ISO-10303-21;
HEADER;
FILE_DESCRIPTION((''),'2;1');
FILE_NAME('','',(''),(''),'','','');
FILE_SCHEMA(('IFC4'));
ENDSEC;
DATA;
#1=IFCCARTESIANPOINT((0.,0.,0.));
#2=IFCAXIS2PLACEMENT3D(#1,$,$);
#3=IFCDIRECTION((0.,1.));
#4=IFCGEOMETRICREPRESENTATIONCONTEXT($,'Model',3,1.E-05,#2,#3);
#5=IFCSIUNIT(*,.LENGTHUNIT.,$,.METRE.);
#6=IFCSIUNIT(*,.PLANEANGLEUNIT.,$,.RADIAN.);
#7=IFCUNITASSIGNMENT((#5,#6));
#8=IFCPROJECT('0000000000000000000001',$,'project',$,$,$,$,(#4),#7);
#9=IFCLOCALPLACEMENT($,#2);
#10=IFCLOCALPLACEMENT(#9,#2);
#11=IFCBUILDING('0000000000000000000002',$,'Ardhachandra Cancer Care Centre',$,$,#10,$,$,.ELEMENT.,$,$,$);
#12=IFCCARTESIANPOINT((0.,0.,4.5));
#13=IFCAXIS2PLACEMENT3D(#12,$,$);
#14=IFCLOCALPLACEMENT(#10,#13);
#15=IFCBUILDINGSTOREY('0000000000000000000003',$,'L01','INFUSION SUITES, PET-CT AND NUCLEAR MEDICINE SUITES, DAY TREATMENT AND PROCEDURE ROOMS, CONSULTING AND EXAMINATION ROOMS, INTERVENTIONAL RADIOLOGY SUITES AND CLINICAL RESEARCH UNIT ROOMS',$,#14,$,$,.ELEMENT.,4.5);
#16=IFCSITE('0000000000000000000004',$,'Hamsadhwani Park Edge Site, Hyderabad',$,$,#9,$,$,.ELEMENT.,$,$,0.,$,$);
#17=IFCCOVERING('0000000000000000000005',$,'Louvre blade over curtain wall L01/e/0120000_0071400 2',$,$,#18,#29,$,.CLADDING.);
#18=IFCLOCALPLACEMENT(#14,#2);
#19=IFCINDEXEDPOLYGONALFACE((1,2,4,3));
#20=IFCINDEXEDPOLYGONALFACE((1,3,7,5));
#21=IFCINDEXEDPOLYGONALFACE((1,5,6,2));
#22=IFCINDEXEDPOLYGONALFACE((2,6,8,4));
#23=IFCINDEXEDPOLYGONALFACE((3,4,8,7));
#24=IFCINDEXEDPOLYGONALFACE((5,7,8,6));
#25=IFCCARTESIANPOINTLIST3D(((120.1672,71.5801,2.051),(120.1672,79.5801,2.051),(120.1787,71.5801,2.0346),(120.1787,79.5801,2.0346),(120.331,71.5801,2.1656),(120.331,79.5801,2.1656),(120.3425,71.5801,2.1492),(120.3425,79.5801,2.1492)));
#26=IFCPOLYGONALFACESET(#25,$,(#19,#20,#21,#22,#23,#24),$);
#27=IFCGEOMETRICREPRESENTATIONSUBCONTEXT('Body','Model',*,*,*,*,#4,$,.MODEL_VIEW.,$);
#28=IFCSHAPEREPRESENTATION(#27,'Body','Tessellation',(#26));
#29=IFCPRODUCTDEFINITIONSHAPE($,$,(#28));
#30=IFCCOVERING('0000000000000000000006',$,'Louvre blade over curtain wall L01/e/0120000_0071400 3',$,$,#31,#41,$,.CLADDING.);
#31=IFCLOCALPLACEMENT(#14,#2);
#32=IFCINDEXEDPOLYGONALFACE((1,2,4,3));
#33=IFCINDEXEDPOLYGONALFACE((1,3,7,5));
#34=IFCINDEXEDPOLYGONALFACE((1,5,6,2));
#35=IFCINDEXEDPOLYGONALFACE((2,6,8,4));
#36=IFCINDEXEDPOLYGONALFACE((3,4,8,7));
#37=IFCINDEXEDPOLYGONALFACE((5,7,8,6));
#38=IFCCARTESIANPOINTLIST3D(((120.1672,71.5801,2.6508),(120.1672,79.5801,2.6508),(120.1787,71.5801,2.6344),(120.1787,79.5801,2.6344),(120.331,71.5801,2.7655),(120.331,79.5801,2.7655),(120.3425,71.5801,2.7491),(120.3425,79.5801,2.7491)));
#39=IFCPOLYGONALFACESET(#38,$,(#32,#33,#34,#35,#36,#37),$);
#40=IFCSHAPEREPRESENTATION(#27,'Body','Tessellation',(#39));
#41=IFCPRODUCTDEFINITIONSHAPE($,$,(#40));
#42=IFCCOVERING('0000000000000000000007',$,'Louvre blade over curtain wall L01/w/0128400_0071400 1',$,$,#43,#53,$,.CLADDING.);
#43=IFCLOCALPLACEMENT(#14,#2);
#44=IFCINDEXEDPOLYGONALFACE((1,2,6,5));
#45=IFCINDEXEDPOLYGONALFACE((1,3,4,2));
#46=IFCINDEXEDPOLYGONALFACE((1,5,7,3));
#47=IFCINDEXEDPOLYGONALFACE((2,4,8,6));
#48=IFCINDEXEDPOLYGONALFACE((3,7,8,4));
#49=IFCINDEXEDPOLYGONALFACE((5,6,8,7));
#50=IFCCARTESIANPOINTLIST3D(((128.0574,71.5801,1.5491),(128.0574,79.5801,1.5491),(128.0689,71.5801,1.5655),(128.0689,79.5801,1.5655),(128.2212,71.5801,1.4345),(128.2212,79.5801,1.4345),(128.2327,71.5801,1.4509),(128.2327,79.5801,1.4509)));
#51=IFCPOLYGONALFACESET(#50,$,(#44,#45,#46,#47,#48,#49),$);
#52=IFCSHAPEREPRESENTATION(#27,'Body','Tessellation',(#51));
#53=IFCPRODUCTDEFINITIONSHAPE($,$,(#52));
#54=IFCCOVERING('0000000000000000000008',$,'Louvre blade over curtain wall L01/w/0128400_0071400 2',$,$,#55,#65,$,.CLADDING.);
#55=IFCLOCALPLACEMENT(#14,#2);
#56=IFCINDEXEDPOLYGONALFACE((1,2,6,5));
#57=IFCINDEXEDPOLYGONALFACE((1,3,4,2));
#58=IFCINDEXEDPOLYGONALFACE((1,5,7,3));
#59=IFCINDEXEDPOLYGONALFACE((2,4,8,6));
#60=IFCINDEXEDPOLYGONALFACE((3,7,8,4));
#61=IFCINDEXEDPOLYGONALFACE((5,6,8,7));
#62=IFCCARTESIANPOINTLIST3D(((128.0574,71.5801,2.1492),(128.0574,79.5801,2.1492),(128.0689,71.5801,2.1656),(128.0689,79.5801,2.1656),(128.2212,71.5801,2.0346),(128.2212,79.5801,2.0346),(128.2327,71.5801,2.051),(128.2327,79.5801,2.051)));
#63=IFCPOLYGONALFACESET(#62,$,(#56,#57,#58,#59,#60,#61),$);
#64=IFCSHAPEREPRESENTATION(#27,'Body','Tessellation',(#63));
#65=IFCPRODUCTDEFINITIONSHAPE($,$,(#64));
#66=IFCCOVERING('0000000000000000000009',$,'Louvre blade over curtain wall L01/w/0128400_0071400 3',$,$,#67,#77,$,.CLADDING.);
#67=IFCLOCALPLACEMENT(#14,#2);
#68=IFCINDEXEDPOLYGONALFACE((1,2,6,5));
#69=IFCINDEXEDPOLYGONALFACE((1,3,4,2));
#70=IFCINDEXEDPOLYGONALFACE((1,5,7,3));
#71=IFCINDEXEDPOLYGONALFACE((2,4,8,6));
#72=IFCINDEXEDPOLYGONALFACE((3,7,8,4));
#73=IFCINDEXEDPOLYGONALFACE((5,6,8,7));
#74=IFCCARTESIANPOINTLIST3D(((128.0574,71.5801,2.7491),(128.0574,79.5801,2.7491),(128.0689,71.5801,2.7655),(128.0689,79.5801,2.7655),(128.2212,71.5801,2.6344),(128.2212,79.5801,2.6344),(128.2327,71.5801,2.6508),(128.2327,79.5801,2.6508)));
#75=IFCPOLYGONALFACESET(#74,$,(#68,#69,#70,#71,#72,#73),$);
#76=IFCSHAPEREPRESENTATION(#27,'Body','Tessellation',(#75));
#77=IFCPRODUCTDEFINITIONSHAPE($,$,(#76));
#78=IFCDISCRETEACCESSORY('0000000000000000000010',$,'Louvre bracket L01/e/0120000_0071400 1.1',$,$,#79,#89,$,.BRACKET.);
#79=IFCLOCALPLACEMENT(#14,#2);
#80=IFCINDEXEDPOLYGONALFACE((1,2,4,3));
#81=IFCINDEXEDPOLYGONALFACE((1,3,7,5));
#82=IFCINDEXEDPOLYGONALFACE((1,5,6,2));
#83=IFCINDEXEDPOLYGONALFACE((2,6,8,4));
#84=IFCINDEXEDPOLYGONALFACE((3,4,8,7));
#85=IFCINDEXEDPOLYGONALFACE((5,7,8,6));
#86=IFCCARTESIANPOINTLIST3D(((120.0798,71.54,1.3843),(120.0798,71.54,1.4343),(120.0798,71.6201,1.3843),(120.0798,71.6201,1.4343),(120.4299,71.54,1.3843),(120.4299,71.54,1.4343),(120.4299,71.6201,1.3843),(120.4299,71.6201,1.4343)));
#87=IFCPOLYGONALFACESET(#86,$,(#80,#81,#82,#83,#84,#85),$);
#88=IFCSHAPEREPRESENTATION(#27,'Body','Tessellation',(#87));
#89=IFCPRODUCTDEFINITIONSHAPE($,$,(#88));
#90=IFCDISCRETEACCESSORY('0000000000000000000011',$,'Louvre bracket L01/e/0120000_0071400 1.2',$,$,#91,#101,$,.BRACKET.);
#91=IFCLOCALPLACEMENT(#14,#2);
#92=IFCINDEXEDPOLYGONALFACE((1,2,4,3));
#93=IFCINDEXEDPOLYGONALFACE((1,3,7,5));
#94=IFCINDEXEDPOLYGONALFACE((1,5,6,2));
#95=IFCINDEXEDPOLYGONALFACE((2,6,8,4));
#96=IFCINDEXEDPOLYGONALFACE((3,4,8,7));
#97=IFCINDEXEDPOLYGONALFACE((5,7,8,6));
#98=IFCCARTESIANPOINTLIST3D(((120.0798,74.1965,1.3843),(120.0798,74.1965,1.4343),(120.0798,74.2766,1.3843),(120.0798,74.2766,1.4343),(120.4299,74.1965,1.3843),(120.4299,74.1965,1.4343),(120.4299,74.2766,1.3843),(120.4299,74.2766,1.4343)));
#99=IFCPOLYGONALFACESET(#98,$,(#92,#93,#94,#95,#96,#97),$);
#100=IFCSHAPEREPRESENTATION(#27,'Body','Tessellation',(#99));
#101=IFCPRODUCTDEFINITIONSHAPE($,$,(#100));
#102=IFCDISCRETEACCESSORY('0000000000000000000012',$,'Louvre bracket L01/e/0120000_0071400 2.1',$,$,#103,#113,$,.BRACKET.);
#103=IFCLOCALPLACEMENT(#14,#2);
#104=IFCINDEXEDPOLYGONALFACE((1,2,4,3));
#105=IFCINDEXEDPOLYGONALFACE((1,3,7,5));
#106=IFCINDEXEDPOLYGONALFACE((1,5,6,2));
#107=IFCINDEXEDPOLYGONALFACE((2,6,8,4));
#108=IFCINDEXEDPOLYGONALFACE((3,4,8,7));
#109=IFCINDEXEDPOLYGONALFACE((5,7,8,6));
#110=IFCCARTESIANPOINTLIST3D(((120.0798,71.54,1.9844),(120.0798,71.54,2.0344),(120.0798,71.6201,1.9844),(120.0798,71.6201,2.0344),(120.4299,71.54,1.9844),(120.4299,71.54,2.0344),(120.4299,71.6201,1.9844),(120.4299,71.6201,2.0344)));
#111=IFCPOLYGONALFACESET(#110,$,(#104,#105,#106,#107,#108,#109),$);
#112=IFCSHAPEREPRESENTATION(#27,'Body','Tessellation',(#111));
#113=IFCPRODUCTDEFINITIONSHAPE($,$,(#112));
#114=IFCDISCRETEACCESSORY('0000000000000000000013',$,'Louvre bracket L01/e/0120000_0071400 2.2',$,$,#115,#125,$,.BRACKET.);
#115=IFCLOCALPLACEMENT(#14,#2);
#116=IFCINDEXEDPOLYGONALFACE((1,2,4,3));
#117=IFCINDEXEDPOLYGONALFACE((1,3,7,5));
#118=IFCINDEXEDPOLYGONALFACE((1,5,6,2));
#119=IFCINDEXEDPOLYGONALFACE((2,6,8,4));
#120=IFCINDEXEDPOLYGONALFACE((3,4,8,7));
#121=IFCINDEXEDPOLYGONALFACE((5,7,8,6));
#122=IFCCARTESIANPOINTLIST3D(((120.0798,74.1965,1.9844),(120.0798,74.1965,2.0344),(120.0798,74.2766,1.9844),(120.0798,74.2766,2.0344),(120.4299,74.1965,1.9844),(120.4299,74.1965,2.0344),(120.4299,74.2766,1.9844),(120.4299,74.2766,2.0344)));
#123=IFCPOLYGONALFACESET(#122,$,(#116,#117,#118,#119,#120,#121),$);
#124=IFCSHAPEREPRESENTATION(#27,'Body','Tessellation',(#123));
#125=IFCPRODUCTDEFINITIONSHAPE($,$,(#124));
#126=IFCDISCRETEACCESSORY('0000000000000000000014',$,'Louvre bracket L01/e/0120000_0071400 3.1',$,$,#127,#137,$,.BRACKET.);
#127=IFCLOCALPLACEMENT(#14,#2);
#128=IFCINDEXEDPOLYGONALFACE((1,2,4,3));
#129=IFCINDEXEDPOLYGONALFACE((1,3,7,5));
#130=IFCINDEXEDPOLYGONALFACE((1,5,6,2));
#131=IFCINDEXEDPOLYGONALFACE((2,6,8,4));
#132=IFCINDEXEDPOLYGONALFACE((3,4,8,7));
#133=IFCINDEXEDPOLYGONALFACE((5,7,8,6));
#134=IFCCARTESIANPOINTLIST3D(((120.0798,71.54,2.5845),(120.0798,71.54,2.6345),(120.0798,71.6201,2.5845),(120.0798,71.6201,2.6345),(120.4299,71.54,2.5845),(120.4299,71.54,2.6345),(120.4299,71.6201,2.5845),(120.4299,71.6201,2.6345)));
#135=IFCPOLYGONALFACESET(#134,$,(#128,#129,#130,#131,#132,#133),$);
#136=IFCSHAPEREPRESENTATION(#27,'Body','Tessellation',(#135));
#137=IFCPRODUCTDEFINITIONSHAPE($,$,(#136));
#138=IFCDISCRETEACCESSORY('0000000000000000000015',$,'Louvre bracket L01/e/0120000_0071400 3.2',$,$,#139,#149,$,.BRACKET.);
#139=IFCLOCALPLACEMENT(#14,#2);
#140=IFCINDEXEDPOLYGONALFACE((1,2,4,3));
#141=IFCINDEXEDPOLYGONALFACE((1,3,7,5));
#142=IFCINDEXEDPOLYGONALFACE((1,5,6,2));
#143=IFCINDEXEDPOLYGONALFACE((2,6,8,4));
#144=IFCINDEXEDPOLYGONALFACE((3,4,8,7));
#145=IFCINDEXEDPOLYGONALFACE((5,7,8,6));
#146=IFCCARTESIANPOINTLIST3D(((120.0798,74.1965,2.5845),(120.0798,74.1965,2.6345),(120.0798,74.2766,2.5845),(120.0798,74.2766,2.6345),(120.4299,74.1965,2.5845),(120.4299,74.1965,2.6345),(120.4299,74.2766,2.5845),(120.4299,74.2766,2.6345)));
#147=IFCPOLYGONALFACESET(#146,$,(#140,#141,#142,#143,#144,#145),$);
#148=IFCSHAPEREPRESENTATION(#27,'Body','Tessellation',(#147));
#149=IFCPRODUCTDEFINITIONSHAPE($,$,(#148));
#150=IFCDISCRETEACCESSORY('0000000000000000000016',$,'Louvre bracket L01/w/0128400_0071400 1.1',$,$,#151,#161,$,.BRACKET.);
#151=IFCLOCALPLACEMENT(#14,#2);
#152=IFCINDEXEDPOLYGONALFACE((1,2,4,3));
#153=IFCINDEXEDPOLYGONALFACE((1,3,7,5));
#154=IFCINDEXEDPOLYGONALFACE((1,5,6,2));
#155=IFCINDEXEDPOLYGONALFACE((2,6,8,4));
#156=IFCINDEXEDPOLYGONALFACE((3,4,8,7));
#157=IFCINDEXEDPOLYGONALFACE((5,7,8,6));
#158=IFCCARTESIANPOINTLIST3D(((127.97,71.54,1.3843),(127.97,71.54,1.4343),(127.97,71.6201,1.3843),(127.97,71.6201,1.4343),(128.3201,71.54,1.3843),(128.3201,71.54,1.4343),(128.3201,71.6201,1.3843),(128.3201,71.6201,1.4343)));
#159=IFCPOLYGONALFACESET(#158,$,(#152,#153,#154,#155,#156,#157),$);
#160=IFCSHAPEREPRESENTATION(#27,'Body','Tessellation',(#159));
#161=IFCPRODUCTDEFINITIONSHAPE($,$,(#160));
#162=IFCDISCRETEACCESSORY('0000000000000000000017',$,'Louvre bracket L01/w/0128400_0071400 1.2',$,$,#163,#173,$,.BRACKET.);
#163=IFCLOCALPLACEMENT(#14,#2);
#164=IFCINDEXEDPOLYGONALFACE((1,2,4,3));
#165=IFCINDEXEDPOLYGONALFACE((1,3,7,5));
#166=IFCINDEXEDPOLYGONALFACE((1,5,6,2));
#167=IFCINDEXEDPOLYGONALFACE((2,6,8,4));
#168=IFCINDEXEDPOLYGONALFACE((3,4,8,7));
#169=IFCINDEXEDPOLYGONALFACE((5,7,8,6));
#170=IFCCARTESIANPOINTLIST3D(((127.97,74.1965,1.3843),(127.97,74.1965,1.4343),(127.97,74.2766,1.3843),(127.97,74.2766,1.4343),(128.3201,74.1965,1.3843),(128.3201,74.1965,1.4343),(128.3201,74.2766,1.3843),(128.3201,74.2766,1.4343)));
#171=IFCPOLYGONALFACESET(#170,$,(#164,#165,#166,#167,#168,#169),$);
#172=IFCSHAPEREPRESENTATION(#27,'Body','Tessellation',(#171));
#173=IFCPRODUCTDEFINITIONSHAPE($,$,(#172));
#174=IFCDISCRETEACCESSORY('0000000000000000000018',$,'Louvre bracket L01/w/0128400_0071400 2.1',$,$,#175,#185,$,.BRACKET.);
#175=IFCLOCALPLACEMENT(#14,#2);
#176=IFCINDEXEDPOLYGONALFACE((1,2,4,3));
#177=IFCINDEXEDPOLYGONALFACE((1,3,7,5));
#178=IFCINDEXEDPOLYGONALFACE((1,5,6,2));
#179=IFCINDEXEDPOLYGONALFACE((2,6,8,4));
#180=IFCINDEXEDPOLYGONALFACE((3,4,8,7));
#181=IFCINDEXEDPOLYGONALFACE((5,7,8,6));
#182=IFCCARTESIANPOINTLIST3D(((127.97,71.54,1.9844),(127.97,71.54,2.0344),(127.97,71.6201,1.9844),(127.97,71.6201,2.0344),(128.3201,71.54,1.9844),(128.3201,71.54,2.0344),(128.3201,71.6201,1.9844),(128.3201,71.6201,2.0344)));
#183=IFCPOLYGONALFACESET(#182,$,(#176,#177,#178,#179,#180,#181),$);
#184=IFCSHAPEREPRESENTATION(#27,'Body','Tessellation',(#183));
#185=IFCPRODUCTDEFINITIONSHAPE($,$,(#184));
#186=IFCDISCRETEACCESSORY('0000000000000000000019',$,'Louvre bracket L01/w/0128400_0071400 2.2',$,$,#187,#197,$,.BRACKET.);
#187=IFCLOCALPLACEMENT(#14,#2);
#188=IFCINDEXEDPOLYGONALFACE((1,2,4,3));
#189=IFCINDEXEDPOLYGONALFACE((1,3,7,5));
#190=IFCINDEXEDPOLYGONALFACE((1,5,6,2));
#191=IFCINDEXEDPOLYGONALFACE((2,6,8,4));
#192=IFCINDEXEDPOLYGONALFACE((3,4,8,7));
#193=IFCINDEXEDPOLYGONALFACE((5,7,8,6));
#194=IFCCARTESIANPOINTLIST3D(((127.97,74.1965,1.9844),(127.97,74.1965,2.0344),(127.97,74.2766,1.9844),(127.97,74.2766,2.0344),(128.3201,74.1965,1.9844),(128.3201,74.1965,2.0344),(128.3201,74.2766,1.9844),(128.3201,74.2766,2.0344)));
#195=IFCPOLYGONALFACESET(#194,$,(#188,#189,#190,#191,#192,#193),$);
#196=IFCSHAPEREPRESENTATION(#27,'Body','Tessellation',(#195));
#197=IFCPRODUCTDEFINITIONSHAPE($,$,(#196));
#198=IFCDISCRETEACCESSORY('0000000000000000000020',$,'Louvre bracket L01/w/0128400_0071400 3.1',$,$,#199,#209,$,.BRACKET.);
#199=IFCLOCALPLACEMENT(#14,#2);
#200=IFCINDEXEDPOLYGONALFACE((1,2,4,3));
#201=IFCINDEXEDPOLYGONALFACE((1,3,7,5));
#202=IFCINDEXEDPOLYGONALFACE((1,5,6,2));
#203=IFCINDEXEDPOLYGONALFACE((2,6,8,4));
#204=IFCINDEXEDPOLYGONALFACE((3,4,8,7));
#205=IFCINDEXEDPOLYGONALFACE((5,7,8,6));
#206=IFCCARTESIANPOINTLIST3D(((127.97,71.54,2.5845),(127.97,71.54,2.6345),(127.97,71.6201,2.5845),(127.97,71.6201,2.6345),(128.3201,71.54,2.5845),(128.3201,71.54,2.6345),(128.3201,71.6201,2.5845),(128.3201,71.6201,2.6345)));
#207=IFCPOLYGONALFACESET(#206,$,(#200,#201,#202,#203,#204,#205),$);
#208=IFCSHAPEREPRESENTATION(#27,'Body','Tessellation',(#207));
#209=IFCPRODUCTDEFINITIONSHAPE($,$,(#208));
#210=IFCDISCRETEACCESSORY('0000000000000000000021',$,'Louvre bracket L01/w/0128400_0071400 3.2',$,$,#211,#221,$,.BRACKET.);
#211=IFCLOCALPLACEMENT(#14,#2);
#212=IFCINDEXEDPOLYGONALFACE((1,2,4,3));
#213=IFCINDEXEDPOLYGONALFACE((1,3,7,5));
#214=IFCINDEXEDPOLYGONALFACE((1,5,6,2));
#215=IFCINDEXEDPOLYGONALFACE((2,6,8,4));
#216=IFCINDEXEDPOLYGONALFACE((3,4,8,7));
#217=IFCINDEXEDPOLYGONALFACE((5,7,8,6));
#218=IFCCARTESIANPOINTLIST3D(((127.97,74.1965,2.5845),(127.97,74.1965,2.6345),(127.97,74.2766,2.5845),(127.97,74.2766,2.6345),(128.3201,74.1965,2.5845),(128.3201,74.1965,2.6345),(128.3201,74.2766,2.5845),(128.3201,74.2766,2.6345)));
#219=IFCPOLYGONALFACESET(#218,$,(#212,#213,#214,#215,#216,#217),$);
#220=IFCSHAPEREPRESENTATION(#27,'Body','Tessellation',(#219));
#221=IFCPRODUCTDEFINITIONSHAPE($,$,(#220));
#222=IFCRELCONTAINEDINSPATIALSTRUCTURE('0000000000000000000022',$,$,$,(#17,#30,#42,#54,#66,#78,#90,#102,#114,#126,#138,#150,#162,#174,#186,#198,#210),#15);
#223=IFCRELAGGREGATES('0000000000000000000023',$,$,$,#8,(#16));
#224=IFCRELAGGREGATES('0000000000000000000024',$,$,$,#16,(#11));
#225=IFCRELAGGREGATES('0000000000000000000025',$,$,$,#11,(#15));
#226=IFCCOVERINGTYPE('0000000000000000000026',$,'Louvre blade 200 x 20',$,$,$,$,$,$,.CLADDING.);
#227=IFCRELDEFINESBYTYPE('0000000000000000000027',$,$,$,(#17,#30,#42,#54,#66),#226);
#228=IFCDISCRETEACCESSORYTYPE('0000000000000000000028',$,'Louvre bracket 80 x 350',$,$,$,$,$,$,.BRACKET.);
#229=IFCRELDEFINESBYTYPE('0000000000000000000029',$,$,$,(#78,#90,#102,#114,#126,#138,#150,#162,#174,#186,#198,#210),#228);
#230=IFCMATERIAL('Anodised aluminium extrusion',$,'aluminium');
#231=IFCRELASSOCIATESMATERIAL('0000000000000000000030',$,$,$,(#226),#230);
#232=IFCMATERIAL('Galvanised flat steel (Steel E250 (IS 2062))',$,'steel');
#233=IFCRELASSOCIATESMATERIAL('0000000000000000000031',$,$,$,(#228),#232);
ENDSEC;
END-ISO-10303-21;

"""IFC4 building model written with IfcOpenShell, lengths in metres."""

from ifc_helpers import new_model, si_unit, direction, frame, origin, origin_2d, place, context, subcontext, project, spatial, rectangle, extrude, material, material_profile, profile_set, type_object, element, save


model = new_model("IFC4")

# Units and contexts
model_context = context("Model", 3, precision=1e-05, world=origin(), true_north=direction((0.0, 1.0)))
body_context = subcontext(model_context, "Body", "Model", "MODEL_VIEW")
ifc_project = project(units=[si_unit("LENGTHUNIT", "METRE"), si_unit("PLANEANGLEUNIT", "RADIAN")], contexts=[model_context])

# Site, building, storey
site_placement = place(None, origin())
site = spatial("IfcSite", under=ifc_project, at=site_placement, Name="Hamsadhwani Park Edge Site, Hyderabad", CompositionType="ELEMENT", RefElevation=0.0)
building_placement = place(site_placement, origin())
building = spatial("IfcBuilding", under=site, at=building_placement, Name="Ardhachandra Cancer Care Centre", CompositionType="ELEMENT")
storey_placement = place(building_placement, frame((0.0, 0.0, 4.5)))
storey = spatial("IfcBuildingStorey", under=building, at=storey_placement, Name="L01", Description="INFUSION SUITES, PET-CT AND NUCLEAR MEDICINE SUITES, DAY TREATMENT AND PROCEDURE ROOMS, CONSULTING AND EXAMINATION ROOMS, INTERVENTIONAL RADIOLOGY SUITES AND CLINICAL RESEARCH UNIT ROOMS", CompositionType="ELEMENT", Elevation=4.5)

# Coverings
ifc_material_1 = material(Name="Anodised aluminium extrusion", Category="aluminium")
ifc_material_profile_1 = material_profile(ifc_material_1, rectangle(XDim=0.2, YDim=0.02, at=origin_2d()), Name="Louvre blade 200 x 20")
ifc_profile_set_1 = profile_set([ifc_material_profile_1], Name="Anodised aluminium extrusion")
covering_type = type_object("IfcCoveringType", Name="Louvre blade 200 x 20", PredefinedType="CLADDING", material=ifc_profile_set_1)
for number, where, z_axis, x_axis, name in (
    (1, (120.2549, 71.5801, 2.1001), (0.0, 1.0, 0.0), (-0.819152, 0.0, -0.573576), "Louvre blade over curtain wall L01/e/0120000_0071400 2"),
    (2, (120.2549, 71.5801, 2.7), (0.0, 1.0, 0.0), (-0.819152, 0.0, -0.573576), "Louvre blade over curtain wall L01/e/0120000_0071400 3"),
    (3, (128.145, 71.5801, 1.5), (0.0, 1.0, 0.0), (-0.819152, 0.0, 0.573576), "Louvre blade over curtain wall L01/w/0128400_0071400 1"),
    (4, (128.145, 71.5801, 2.1001), (0.0, 1.0, 0.0), (-0.819152, 0.0, 0.573576), "Louvre blade over curtain wall L01/w/0128400_0071400 2"),
    (5, (128.145, 71.5801, 2.7), (0.0, 1.0, 0.0), (-0.819152, 0.0, 0.573576), "Louvre blade over curtain wall L01/w/0128400_0071400 3"),
):
    element("IfcCovering", number, at=place(storey_placement, frame(where, z_axis=z_axis, x_axis=x_axis)), inside=storey, type_object=covering_type, Name=name, PredefinedType="CLADDING", context=body_context, shape_type="SweptSolid", body=[
        extrude(rectangle(XDim=0.2, YDim=0.02, at=origin_2d()), origin(), (0.0, 0.0, 1.0), 8.0),
    ])

# Discrete accessories
ifc_material_2 = material(Name="Galvanised flat steel (Steel E250 (IS 2062))", Category="steel")
discrete_accessory_type = type_object("IfcDiscreteAccessoryType", Name="Louvre bracket 80 x 350", PredefinedType="BRACKET", material=ifc_material_2)
for number, where, z_axis, x_axis, name in (
    (6, (120.2549, 71.5801, 1.3843), (0.0, 0.0, 1.0), (0.0, 1.0, 0.0), "Louvre bracket L01/e/0120000_0071400 1.1"),
    (7, (120.2549, 74.2366, 1.3843), (0.0, 0.0, 1.0), (0.0, 1.0, 0.0), "Louvre bracket L01/e/0120000_0071400 1.2"),
    (8, (120.2549, 71.5801, 1.9844), (0.0, 0.0, 1.0), (0.0, 1.0, 0.0), "Louvre bracket L01/e/0120000_0071400 2.1"),
    (9, (120.2549, 74.2366, 1.9844), (0.0, 0.0, 1.0), (0.0, 1.0, 0.0), "Louvre bracket L01/e/0120000_0071400 2.2"),
    (10, (120.2549, 71.5801, 2.5845), (0.0, 0.0, 1.0), (0.0, 1.0, 0.0), "Louvre bracket L01/e/0120000_0071400 3.1"),
    (11, (120.2549, 74.2366, 2.5845), (0.0, 0.0, 1.0), (0.0, 1.0, 0.0), "Louvre bracket L01/e/0120000_0071400 3.2"),
    (12, (128.145, 71.5801, 1.3843), (0.0, 0.0, 1.0), (0.0, 1.0, 0.0), "Louvre bracket L01/w/0128400_0071400 1.1"),
    (13, (128.145, 74.2366, 1.3843), (0.0, 0.0, 1.0), (0.0, 1.0, 0.0), "Louvre bracket L01/w/0128400_0071400 1.2"),
    (14, (128.145, 71.5801, 1.9844), (0.0, 0.0, 1.0), (0.0, 1.0, 0.0), "Louvre bracket L01/w/0128400_0071400 2.1"),
    (15, (128.145, 74.2366, 1.9844), (0.0, 0.0, 1.0), (0.0, 1.0, 0.0), "Louvre bracket L01/w/0128400_0071400 2.2"),
    (16, (128.145, 71.5801, 2.5845), (0.0, 0.0, 1.0), (0.0, 1.0, 0.0), "Louvre bracket L01/w/0128400_0071400 3.1"),
    (17, (128.145, 74.2366, 2.5845), (0.0, 0.0, 1.0), (0.0, 1.0, 0.0), "Louvre bracket L01/w/0128400_0071400 3.2"),
):
    element("IfcDiscreteAccessory", number, at=place(storey_placement, frame(where, z_axis=z_axis, x_axis=x_axis)), inside=storey, type_object=discrete_accessory_type, Name=name, PredefinedType="BRACKET", context=body_context, shape_type="SweptSolid", body=[
        extrude(rectangle(XDim=0.0801, YDim=0.3501, at=origin_2d()), origin(), (0.0, 0.0, 1.0), 0.05),
    ])

save(model, "model.ifc")
